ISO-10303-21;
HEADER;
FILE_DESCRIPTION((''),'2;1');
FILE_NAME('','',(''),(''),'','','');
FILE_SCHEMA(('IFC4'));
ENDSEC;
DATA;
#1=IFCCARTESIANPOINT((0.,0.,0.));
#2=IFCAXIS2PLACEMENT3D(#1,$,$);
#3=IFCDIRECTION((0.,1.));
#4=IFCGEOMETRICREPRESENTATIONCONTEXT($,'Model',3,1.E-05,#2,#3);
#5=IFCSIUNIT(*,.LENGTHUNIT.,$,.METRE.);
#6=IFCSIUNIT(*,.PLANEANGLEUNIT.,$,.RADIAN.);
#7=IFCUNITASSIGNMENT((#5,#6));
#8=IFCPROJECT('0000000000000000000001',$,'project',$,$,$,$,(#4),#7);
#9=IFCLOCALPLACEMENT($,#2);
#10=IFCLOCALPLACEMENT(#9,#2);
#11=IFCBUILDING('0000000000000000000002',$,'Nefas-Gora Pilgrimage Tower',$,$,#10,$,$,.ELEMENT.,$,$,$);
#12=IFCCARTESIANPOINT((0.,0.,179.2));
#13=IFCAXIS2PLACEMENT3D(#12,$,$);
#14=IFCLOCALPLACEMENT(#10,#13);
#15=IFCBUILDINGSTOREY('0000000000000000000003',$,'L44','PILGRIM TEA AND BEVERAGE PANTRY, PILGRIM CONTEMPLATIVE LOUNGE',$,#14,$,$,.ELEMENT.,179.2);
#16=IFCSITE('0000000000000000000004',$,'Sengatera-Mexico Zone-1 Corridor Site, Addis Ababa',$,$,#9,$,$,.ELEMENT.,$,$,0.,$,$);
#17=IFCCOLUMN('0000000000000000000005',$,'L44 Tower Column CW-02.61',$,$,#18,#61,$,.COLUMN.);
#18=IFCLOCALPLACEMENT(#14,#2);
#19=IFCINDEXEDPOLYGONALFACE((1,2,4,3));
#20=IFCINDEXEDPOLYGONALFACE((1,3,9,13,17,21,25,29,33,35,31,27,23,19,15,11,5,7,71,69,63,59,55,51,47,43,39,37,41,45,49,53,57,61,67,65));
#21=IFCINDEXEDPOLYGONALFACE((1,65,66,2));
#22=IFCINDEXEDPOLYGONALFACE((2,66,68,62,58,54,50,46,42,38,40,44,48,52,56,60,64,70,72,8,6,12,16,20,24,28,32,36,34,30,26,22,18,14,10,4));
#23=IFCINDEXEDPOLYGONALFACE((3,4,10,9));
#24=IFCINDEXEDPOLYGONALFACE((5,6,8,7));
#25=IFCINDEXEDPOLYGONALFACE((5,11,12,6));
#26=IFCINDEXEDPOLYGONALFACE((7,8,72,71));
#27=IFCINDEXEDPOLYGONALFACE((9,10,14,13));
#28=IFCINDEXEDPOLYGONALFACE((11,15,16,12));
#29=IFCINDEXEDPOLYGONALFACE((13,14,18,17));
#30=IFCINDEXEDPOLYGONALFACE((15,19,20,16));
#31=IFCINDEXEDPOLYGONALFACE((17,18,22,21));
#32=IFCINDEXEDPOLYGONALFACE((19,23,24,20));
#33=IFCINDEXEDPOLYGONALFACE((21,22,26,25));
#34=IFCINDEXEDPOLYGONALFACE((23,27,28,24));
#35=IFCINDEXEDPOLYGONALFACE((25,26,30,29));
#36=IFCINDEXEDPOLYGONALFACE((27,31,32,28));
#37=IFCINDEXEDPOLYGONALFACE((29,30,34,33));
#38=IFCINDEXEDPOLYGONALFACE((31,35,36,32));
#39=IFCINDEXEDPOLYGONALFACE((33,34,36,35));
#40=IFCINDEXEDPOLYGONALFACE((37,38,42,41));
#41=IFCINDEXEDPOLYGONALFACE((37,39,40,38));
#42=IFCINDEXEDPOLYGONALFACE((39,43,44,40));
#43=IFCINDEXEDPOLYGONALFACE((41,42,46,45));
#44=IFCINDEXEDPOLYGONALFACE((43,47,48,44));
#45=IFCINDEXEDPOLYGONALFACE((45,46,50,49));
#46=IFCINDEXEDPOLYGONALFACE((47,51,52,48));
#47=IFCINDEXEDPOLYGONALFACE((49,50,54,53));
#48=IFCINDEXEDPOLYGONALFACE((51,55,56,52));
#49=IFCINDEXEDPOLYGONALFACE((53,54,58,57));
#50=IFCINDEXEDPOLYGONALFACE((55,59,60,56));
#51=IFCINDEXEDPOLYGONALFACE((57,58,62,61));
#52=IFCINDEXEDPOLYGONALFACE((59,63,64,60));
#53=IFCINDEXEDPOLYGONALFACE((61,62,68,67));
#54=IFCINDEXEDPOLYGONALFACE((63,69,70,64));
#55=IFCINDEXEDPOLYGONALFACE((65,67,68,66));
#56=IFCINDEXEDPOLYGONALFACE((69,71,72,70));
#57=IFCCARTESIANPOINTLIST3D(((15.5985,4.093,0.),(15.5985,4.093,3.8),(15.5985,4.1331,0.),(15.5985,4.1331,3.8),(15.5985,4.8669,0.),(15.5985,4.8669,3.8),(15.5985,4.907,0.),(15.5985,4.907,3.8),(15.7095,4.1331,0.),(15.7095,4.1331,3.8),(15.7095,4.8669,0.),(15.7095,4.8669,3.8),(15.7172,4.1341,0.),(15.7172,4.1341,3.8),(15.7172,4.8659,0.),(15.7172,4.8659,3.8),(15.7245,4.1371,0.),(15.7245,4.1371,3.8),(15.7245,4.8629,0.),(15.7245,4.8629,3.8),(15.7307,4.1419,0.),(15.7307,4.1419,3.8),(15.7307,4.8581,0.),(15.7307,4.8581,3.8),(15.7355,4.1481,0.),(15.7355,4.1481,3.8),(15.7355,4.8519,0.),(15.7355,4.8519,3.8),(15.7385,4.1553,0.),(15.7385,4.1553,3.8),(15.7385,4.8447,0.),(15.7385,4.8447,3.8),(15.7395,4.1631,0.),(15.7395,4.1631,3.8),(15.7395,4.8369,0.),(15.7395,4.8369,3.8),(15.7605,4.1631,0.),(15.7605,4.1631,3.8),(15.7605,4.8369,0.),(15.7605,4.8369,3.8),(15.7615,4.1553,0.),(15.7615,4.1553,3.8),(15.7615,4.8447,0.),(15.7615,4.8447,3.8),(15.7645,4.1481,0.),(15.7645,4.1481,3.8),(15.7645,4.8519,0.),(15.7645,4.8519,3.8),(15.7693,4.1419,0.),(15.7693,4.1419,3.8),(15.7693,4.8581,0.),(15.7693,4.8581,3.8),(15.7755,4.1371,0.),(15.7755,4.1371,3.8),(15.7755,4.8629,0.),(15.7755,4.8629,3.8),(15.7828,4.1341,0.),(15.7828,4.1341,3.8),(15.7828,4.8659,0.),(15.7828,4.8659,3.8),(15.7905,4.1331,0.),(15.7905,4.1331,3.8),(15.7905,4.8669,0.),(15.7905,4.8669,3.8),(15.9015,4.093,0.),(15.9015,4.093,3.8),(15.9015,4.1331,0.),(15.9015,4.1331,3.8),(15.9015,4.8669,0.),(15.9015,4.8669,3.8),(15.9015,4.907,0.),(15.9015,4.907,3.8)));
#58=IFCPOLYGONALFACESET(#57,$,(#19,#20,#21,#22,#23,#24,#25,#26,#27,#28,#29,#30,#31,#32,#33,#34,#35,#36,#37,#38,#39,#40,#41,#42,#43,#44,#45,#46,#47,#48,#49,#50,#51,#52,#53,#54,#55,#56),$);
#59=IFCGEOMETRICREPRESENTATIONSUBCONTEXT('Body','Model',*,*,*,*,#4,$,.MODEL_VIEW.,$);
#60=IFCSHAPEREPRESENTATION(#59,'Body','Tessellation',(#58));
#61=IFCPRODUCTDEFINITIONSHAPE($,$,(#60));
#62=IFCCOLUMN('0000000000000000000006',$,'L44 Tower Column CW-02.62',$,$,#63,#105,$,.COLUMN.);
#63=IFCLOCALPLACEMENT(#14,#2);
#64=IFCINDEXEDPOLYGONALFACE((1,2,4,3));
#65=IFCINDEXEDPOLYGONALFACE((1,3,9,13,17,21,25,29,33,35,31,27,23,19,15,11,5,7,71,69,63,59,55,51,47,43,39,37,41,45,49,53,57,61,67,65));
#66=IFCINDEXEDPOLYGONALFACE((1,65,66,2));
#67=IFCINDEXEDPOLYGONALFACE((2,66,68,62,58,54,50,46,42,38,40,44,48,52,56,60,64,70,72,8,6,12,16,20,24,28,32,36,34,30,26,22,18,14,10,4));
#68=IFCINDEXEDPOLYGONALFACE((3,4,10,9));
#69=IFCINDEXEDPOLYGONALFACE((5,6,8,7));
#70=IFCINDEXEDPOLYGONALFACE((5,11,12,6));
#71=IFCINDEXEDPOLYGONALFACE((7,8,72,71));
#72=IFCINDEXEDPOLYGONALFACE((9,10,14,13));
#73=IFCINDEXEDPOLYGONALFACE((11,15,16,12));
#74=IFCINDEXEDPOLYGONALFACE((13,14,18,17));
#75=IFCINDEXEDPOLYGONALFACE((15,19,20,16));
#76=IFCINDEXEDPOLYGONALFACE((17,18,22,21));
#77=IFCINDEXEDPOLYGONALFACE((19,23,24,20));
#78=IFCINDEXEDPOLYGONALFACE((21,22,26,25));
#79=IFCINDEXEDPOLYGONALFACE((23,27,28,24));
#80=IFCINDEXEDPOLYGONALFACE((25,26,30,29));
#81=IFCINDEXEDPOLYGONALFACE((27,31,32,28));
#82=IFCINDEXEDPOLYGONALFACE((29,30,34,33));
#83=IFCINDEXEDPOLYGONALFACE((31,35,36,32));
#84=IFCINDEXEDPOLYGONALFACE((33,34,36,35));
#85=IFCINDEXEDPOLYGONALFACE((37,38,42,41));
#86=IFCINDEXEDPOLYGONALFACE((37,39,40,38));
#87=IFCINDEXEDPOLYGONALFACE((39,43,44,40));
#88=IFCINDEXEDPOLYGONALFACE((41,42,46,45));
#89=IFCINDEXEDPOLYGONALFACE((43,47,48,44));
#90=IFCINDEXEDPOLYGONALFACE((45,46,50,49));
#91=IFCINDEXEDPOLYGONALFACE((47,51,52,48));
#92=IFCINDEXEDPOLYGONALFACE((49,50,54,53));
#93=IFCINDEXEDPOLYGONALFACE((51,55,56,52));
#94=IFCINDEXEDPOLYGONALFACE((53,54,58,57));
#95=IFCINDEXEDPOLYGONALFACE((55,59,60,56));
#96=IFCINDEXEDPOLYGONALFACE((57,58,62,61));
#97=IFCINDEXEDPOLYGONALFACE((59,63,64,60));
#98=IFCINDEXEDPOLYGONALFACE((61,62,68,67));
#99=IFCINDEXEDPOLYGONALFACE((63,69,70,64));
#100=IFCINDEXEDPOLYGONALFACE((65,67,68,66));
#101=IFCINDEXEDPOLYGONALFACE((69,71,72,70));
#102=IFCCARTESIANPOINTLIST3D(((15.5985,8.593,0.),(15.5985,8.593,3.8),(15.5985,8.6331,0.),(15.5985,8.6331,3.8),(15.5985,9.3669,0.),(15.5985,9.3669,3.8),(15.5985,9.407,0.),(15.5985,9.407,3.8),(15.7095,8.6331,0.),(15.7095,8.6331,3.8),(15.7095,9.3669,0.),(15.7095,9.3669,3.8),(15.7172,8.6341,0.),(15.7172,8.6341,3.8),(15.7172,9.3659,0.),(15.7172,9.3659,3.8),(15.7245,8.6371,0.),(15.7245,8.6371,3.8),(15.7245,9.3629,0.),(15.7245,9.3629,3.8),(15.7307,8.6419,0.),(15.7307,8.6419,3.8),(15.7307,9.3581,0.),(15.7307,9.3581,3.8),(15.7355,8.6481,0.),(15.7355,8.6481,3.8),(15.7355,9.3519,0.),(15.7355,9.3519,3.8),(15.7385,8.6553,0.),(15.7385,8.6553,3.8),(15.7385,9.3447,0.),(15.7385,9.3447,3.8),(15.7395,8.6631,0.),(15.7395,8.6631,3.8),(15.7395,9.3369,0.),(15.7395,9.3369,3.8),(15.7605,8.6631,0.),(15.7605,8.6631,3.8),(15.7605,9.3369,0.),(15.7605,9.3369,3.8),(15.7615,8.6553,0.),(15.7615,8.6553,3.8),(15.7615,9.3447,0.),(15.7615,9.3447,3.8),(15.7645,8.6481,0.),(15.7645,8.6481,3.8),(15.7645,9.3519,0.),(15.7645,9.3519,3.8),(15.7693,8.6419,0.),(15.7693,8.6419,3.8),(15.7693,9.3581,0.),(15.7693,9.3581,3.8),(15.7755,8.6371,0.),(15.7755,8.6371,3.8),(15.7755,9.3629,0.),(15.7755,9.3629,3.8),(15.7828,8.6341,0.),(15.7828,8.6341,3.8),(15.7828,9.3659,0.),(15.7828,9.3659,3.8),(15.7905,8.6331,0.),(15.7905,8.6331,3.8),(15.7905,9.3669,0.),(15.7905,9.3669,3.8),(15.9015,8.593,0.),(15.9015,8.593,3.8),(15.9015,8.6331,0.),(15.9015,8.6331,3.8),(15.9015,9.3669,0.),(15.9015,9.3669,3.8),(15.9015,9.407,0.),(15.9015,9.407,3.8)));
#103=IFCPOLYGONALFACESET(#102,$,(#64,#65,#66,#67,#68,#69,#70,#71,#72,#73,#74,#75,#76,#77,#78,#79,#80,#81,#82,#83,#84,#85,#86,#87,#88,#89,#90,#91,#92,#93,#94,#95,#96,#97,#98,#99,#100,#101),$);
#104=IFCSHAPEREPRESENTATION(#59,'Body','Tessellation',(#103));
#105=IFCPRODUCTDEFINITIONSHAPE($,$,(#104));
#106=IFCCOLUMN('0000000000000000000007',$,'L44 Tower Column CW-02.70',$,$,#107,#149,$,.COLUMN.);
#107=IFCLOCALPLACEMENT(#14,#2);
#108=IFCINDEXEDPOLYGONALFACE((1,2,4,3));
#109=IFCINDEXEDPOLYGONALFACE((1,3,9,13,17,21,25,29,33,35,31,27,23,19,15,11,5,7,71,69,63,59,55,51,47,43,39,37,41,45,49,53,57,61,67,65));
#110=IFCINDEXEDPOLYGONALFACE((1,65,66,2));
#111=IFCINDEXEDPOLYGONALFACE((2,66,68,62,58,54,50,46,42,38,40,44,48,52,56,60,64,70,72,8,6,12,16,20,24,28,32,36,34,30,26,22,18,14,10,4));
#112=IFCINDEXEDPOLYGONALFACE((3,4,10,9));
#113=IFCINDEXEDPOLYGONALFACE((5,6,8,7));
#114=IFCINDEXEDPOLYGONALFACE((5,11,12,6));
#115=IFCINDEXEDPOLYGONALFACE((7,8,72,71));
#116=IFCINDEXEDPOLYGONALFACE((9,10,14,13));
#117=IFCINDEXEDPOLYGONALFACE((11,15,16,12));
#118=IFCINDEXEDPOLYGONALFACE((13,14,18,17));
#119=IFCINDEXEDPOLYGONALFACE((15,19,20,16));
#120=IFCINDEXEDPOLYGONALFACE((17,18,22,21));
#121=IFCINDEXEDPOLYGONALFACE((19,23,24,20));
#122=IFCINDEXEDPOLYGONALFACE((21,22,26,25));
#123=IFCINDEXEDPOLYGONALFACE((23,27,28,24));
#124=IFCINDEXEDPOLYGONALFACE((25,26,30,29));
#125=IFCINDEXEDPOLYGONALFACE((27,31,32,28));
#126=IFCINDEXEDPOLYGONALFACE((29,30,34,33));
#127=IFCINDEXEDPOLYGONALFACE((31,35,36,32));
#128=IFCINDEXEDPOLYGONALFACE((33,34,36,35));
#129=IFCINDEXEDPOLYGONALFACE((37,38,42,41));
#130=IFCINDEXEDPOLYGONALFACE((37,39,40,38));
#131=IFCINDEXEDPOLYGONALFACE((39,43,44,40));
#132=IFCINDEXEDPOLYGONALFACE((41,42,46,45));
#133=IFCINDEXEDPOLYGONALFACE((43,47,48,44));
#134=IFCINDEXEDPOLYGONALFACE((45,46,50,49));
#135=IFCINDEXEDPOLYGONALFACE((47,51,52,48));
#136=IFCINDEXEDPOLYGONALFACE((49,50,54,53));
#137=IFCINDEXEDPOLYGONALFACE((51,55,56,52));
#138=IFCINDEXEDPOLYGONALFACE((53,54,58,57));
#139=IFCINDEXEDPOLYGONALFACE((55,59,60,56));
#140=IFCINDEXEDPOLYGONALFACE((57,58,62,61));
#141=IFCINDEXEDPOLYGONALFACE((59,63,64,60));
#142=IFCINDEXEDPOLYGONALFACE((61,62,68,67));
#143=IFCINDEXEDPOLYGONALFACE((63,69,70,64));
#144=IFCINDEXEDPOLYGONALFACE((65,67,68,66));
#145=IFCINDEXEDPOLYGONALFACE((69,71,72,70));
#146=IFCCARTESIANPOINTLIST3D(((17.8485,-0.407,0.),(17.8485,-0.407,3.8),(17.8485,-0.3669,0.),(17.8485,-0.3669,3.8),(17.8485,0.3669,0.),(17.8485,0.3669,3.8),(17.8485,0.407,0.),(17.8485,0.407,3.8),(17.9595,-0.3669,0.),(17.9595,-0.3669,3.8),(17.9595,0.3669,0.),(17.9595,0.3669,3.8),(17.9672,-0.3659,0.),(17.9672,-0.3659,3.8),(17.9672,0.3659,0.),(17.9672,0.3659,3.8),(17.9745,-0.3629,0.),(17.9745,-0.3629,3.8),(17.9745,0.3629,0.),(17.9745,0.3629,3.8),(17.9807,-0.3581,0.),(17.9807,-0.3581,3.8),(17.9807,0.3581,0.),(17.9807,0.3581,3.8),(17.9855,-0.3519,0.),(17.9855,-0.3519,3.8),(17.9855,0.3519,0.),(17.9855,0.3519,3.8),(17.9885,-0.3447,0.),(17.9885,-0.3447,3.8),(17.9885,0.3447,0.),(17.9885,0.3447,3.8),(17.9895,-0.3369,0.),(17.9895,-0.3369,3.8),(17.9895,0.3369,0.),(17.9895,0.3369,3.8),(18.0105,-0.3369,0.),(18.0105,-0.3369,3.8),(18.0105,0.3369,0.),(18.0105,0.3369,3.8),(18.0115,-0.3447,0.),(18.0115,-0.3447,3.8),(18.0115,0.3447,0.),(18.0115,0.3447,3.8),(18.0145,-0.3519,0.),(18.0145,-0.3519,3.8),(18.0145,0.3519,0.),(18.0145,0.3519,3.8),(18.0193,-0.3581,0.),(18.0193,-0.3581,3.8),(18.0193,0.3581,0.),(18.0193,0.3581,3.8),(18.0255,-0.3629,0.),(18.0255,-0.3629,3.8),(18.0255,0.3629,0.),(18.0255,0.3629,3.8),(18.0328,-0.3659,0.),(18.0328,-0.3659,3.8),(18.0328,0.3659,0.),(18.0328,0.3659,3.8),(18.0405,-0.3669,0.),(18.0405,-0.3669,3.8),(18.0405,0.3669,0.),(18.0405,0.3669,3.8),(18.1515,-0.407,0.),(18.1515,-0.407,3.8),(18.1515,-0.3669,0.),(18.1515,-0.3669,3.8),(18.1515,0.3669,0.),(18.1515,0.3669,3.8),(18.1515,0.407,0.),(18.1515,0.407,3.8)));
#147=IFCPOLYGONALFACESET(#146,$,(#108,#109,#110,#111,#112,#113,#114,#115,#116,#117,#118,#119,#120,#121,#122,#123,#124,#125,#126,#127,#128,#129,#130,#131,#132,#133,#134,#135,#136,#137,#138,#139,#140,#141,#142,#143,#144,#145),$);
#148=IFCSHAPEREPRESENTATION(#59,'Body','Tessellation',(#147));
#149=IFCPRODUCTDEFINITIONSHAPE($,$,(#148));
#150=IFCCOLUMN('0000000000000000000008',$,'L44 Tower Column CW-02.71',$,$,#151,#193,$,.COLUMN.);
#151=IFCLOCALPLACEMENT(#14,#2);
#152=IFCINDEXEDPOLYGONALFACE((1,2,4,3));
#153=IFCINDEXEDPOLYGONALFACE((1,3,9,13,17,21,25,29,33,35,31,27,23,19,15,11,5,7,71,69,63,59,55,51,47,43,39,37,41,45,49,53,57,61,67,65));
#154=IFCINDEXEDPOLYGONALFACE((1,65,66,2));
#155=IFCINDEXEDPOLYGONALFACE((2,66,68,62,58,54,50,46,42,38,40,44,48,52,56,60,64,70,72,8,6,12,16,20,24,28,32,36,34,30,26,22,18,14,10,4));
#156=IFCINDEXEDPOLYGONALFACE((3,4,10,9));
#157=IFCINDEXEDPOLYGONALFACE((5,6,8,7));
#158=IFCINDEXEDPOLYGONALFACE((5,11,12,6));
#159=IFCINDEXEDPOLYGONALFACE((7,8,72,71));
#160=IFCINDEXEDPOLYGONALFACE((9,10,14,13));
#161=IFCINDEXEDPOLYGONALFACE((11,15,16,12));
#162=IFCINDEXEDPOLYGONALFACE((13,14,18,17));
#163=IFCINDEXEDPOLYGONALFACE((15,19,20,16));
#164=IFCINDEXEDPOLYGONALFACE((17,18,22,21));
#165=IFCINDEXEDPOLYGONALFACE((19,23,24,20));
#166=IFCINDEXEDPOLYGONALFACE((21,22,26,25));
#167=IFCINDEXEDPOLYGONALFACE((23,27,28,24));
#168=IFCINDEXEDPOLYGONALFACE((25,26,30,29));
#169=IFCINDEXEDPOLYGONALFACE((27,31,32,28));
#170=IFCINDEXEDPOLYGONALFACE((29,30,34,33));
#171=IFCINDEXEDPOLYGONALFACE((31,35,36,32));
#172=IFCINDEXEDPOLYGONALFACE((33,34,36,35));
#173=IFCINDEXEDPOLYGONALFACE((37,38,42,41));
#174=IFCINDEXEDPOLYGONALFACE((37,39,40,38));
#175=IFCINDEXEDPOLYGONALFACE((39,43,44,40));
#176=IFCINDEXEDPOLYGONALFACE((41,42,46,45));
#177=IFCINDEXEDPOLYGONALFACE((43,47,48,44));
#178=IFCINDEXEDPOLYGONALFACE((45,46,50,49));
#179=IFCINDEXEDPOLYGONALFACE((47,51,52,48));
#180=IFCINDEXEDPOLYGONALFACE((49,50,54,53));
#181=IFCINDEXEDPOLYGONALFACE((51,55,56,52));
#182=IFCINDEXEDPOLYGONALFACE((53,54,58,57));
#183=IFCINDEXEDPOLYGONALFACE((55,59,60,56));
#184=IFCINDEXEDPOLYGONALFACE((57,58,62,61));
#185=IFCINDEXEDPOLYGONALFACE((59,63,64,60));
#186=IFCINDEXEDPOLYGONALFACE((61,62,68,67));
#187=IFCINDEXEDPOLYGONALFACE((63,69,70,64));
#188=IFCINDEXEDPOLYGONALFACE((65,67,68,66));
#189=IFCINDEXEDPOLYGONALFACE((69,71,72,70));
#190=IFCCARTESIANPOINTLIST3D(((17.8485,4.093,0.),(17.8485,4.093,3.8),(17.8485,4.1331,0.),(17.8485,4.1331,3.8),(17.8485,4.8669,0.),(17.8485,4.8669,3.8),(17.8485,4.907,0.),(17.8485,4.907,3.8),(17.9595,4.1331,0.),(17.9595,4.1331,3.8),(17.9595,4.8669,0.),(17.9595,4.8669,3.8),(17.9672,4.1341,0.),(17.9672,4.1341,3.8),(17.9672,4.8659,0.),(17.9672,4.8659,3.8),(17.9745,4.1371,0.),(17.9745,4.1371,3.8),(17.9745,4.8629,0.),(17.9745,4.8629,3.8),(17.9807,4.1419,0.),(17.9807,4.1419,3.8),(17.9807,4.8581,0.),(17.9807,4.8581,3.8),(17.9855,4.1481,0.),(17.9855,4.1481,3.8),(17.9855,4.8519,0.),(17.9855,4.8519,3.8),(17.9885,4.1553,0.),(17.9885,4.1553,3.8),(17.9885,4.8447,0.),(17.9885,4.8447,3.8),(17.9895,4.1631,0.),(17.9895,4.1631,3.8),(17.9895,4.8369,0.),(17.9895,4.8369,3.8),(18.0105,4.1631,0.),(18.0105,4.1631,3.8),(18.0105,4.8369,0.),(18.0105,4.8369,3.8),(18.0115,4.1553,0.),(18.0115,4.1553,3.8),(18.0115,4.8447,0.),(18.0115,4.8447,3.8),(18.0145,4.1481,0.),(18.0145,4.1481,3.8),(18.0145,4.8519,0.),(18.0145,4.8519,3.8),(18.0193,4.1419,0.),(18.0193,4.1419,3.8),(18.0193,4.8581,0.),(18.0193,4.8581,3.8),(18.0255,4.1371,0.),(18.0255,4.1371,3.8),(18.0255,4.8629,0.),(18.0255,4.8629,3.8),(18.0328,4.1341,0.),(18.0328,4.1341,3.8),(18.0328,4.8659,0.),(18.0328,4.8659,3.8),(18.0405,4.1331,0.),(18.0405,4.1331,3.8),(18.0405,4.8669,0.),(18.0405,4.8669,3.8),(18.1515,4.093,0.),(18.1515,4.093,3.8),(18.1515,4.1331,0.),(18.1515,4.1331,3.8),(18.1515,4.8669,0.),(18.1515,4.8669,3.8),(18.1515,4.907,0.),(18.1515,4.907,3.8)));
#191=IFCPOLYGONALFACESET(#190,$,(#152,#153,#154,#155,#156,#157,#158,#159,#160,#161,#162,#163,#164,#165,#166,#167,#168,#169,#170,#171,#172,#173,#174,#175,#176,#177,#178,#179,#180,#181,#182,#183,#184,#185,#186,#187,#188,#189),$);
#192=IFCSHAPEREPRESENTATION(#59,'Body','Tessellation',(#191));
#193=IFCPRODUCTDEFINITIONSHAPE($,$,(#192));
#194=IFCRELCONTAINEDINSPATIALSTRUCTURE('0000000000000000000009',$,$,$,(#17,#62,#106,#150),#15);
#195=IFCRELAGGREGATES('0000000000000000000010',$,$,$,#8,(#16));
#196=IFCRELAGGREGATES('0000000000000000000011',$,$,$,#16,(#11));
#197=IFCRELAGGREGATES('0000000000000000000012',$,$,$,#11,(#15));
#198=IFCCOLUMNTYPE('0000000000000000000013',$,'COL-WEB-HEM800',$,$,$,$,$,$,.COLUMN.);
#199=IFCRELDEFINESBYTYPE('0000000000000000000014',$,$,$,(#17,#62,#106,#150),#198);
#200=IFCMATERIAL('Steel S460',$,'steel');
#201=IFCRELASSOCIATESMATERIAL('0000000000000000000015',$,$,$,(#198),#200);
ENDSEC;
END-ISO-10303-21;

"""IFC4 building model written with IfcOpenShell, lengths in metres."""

from ifc_helpers import new_model, si_unit, direction, frame, origin, origin_2d, place, context, subcontext, project, spatial, i_section, extrude, source, transform, mapped, material, material_profile, profile_set, type_object, element, save


model = new_model("IFC4")

# Units and contexts
model_context = context("Model", 3, precision=1e-05, world=origin(), true_north=direction((0.0, 1.0)))
body_context = subcontext(model_context, "Body", "Model", "MODEL_VIEW")
ifc_project = project(units=[si_unit("LENGTHUNIT", "METRE"), si_unit("PLANEANGLEUNIT", "RADIAN")], contexts=[model_context])

# Site, building, storey
site_placement = place(None, origin())
site = spatial("IfcSite", under=ifc_project, at=site_placement, Name="Sengatera-Mexico Zone-1 Corridor Site, Addis Ababa", CompositionType="ELEMENT", RefElevation=0.0)
building_placement = place(site_placement, origin())
building = spatial("IfcBuilding", under=site, at=building_placement, Name="Nefas-Gora Pilgrimage Tower", CompositionType="ELEMENT")
storey_placement = place(building_placement, frame((0.0, 0.0, 179.2)))
storey = spatial("IfcBuildingStorey", under=building, at=storey_placement, Name="L44", Description="PILGRIM TEA AND BEVERAGE PANTRY, PILGRIM CONTEMPLATIVE LOUNGE", CompositionType="ELEMENT", Elevation=179.2)

# Columns
ifc_material_1 = material(Name="Steel S460", Category="steel")
ifc_material_profile_1 = material_profile(ifc_material_1, i_section(OverallWidth=0.303, OverallDepth=0.814, WebThickness=0.021, FlangeThickness=0.04, FilletRadius=0.03, at=origin_2d()), Name="HEM 800")
ifc_profile_set_1 = profile_set([ifc_material_profile_1], Name="Steel S460")
column_type_1 = type_object("IfcColumnType", Name="COL-WEB-HEM800", PredefinedType="COLUMN", material=ifc_profile_set_1)
shared_shape_1 = source(origin(), body_context, "Body", "SweptSolid", [
    extrude(i_section(OverallWidth=0.303, OverallDepth=0.814, WebThickness=0.021, FlangeThickness=0.04, FilletRadius=0.03, at=origin_2d()), origin(), (0.0, 0.0, 1.0), 3.8),
])
for number, where, z_axis, x_axis, name in (
    (1, (15.75, 4.5, 0.0), (0.0, 0.0, 1.0), (1.0, 0.0, 0.0), "L44 Tower Column CW-02.61"),
    (2, (15.75, 9.0, 0.0), (0.0, 0.0, 1.0), (1.0, 0.0, 0.0), "L44 Tower Column CW-02.62"),
    (3, (18.0, 0.0, 0.0), (0.0, 0.0, 1.0), (1.0, 0.0, 0.0), "L44 Tower Column CW-02.70"),
    (4, (18.0, 4.5, 0.0), (0.0, 0.0, 1.0), (1.0, 0.0, 0.0), "L44 Tower Column CW-02.71"),
):
    element("IfcColumn", number, at=place(storey_placement, frame(where, z_axis=z_axis, x_axis=x_axis)), inside=storey, type_object=column_type_1, Name=name, PredefinedType="COLUMN", context=body_context, shape_type="MappedRepresentation", body=[
        mapped(shared_shape_1, transform((0.0, 0.0, 0.0), x_axis=(1.0, 0.0, 0.0), y_axis=(0.0, 1.0, 0.0), z_axis=(0.0, 0.0, 1.0), scale=1.0)),
    ])

save(model, "model.ifc")
